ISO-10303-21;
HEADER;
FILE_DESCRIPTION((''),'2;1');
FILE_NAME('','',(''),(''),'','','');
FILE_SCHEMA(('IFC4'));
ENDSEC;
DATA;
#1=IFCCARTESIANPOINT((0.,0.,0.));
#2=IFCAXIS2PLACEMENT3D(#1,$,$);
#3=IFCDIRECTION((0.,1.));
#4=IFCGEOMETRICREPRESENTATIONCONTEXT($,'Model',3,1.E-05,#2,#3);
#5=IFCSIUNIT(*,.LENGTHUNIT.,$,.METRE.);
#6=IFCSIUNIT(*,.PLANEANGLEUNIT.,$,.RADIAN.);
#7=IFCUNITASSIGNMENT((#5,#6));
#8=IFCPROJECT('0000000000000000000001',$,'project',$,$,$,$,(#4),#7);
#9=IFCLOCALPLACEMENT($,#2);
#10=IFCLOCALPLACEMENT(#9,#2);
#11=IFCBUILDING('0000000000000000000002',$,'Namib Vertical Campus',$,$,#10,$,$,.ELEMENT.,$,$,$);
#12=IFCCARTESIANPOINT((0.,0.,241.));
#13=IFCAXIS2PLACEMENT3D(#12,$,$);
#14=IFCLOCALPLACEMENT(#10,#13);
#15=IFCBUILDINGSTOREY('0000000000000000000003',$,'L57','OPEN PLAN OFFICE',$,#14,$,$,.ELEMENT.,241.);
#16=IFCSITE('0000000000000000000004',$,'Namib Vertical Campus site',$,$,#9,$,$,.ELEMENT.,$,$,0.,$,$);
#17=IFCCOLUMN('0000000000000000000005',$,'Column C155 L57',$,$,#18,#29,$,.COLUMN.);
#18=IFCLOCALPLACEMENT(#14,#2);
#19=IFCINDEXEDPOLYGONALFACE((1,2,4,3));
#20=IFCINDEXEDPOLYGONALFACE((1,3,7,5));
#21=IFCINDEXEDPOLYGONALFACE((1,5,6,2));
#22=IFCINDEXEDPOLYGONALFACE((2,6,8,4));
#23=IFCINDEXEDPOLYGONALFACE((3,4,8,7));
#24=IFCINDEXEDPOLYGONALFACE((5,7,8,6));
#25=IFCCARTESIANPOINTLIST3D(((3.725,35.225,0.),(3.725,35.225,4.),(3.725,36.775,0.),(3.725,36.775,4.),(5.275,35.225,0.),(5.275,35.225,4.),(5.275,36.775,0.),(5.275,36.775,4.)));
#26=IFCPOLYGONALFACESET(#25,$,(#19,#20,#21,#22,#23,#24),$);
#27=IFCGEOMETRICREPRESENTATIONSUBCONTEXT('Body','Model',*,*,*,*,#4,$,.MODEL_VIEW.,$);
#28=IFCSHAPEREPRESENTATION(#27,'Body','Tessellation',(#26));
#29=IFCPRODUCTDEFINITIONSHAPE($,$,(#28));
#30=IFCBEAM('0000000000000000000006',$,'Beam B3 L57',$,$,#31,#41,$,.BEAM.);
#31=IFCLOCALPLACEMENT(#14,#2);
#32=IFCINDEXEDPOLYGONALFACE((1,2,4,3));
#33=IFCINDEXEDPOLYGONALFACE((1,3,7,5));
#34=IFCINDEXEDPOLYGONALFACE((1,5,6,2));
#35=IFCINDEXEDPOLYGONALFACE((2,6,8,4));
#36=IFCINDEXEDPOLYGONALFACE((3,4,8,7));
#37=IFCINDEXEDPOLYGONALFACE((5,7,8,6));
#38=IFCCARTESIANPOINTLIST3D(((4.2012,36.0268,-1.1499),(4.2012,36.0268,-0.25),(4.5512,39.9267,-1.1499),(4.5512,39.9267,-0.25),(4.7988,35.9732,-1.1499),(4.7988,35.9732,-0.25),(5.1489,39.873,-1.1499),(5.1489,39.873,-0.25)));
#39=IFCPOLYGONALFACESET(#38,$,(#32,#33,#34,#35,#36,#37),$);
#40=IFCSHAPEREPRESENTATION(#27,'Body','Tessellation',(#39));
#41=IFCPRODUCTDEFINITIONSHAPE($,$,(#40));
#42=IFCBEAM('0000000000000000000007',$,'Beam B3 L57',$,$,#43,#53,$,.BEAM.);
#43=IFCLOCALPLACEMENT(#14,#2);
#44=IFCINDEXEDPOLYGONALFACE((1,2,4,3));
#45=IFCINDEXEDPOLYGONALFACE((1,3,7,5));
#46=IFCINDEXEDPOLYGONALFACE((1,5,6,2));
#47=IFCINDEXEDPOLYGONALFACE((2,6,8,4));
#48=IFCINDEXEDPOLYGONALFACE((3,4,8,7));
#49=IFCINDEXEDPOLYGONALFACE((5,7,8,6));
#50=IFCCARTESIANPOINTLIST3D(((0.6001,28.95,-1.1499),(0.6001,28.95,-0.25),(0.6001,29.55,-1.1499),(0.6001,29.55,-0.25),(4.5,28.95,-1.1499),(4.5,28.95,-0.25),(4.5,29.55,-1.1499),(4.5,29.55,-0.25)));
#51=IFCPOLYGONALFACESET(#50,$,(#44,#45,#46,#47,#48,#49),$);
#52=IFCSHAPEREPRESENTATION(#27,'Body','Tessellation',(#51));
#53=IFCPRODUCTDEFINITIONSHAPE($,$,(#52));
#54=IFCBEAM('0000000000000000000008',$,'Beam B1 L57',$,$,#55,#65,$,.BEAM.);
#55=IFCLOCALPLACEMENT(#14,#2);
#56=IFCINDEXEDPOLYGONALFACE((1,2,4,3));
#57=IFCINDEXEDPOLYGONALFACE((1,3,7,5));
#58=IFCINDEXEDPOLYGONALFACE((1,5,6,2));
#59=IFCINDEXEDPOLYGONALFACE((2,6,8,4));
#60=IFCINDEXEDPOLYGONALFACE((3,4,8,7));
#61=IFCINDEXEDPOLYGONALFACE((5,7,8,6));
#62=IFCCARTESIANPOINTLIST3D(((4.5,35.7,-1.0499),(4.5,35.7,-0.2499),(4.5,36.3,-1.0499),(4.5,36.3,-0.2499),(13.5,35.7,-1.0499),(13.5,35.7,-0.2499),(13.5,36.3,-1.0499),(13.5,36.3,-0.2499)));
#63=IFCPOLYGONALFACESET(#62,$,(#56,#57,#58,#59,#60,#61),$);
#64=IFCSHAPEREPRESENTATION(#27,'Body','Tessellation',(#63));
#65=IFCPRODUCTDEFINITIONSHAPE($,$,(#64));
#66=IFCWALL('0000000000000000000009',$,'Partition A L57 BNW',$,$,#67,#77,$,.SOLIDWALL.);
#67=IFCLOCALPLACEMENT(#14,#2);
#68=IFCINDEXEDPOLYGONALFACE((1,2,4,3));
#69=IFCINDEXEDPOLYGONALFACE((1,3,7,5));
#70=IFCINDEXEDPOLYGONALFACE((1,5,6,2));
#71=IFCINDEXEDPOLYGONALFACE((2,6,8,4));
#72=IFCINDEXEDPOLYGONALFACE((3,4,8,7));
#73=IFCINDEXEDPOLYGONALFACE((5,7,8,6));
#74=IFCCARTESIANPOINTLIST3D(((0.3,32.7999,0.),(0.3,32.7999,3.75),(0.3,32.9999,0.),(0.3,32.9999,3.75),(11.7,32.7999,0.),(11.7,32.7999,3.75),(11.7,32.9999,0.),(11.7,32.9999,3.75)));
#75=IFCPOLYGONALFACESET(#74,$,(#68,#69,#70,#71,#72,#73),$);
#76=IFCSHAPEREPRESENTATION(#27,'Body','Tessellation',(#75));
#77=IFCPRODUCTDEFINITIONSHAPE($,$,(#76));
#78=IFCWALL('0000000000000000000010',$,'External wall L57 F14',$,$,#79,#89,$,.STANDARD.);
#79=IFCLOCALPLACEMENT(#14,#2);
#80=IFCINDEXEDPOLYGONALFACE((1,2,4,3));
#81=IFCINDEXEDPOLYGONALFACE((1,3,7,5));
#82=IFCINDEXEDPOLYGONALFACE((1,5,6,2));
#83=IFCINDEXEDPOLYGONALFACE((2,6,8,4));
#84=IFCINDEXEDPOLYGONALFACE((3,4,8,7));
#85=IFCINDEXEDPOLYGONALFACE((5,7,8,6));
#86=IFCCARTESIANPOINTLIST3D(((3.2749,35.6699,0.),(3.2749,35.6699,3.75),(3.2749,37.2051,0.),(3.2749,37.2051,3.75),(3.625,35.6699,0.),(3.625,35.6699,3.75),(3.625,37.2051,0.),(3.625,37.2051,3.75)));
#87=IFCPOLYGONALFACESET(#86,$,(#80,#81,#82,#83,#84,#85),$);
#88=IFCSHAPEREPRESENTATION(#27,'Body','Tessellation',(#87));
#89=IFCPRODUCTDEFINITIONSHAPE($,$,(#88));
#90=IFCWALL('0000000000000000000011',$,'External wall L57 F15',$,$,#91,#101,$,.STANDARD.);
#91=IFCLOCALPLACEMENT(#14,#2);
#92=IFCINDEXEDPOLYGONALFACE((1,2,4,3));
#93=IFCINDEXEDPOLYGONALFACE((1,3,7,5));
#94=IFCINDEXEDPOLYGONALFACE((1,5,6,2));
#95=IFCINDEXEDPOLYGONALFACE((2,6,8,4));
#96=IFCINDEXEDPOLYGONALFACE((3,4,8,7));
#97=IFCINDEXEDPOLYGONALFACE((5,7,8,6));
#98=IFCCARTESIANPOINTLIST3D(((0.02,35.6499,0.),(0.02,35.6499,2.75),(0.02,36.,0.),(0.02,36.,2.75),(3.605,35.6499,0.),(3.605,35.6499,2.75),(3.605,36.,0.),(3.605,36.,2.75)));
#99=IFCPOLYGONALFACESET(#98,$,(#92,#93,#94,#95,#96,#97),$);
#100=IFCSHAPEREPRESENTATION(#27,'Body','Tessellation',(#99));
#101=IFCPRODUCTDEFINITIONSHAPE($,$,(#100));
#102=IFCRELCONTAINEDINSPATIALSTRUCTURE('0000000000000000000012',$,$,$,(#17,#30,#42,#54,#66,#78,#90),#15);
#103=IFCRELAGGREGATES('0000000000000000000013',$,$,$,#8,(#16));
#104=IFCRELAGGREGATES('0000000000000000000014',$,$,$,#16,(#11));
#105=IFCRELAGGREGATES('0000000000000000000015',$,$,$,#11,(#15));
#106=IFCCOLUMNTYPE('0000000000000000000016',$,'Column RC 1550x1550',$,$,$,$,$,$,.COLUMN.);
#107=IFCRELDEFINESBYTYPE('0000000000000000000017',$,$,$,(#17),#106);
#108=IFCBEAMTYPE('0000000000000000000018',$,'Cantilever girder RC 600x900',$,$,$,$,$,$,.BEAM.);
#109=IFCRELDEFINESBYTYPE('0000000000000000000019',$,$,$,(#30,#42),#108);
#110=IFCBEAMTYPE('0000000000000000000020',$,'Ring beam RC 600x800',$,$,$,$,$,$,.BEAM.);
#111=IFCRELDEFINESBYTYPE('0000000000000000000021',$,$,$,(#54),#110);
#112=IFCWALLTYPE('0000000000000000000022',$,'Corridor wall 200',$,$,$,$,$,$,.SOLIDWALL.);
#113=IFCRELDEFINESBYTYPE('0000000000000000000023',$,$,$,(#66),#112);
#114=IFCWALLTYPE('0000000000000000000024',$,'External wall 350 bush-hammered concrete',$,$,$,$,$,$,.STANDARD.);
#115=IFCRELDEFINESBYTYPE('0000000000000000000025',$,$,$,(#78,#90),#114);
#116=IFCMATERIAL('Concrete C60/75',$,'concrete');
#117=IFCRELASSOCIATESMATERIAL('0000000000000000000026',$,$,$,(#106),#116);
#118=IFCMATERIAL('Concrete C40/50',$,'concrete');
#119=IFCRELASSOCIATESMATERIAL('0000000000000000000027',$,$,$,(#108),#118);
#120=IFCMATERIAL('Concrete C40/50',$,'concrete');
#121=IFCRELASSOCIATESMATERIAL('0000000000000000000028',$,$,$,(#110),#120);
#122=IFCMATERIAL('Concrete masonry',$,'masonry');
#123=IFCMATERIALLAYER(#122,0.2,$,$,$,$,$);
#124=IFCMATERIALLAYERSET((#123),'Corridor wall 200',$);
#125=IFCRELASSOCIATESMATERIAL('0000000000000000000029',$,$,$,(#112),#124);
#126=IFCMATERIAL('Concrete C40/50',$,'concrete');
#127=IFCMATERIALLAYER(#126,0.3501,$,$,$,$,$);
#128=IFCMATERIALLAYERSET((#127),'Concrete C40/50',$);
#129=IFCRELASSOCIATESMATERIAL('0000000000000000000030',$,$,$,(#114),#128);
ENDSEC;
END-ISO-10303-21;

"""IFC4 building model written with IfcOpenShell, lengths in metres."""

from ifc_helpers import new_model, si_unit, direction, frame, frame_2d, origin, origin_2d, place, context, subcontext, project, spatial, rectangle, extrude, material, layer, layer_set, material_profile, profile_set, type_object, element, save


model = new_model("IFC4")

# Units and contexts
model_context = context("Model", 3, precision=1e-05, world=origin(), true_north=direction((0.0, 1.0)))
body_context = subcontext(model_context, "Body", "Model", "MODEL_VIEW")
ifc_project = project(units=[si_unit("LENGTHUNIT", "METRE"), si_unit("PLANEANGLEUNIT", "RADIAN")], contexts=[model_context])

# Site, building, storey
site_placement = place(None, origin())
site = spatial("IfcSite", under=ifc_project, at=site_placement, Name="Namib Vertical Campus site", CompositionType="ELEMENT", RefElevation=0.0)
building_placement = place(site_placement, origin())
building = spatial("IfcBuilding", under=site, at=building_placement, Name="Namib Vertical Campus", CompositionType="ELEMENT")
storey_placement = place(building_placement, frame((0.0, 0.0, 241.0)))
storey = spatial("IfcBuildingStorey", under=building, at=storey_placement, Name="L57", Description="OPEN PLAN OFFICE", CompositionType="ELEMENT", Elevation=241.0)

# Column
ifc_material_1 = material(Name="Concrete C60/75", Category="concrete")
ifc_material_profile_1 = material_profile(ifc_material_1, rectangle(XDim=1.55, YDim=1.55, at=origin_2d()))
ifc_profile_set_1 = profile_set([ifc_material_profile_1], Name="Concrete C60/75")
column_type = type_object("IfcColumnType", Name="Column RC 1550x1550", PredefinedType="COLUMN", material=ifc_profile_set_1)
column_placement = place(storey_placement, frame((4.5, 36.0, 0.0), z_axis=(0.0, 0.0, 1.0), x_axis=(1.0, 0.0, 0.0)))
element("IfcColumn", 1, at=column_placement, inside=storey, type_object=column_type, Name="Column C155 L57", PredefinedType="COLUMN", context=body_context, shape_type="SweptSolid", body=[
    extrude(rectangle(XDim=1.55, YDim=1.55, at=origin_2d()), origin(), (0.0, 0.0, 1.0), 4.0),
])

# Beams
ifc_material_2 = material(Name="Concrete C40/50", Category="concrete")
ifc_material_profile_2 = material_profile(ifc_material_2, rectangle(XDim=0.6001, YDim=0.8999, at=origin_2d()))
ifc_profile_set_2 = profile_set([ifc_material_profile_2], Name="Concrete C40/50")
beam_type_1 = type_object("IfcBeamType", Name="Cantilever girder RC 600x900", PredefinedType="BEAM", material=ifc_profile_set_2)
beam_1_placement = place(storey_placement, frame((4.5, 36.0, -0.7), z_axis=(0.089411, 0.995995, 0.0), x_axis=(-0.995995, 0.089411, 0.0)))
element("IfcBeam", 2, at=beam_1_placement, inside=storey, type_object=beam_type_1, Name="Beam B3 L57", PredefinedType="BEAM", context=body_context, shape_type="SweptSolid", body=[
    extrude(rectangle(XDim=0.6001, YDim=0.8999, at=origin_2d()), origin(), (0.0, 0.0, 1.0), 3.9155),
])
beam_2_placement = place(storey_placement, frame((4.5, 29.25, -0.7), z_axis=(-1.0, 0.0, 0.0), x_axis=(0.0, -1.0, 0.0)))
element("IfcBeam", 3, at=beam_2_placement, inside=storey, type_object=beam_type_1, Name="Beam B3 L57", PredefinedType="BEAM", context=body_context, shape_type="SweptSolid", body=[
    extrude(rectangle(XDim=0.6001, YDim=0.8999, at=origin_2d()), origin(), (0.0, 0.0, 1.0), 3.8999),
])
ifc_material_3 = material(Name="Concrete C40/50", Category="concrete")
ifc_material_profile_3 = material_profile(ifc_material_3, rectangle(XDim=0.6001, YDim=0.8, at=origin_2d()))
ifc_profile_set_3 = profile_set([ifc_material_profile_3], Name="Concrete C40/50")
beam_type_2 = type_object("IfcBeamType", Name="Ring beam RC 600x800", PredefinedType="BEAM", material=ifc_profile_set_3)
beam_3_placement = place(storey_placement, frame((4.5, 36.0, -0.6499), z_axis=(1.0, 0.0, 0.0), x_axis=(0.0, 1.0, 0.0)))
element("IfcBeam", 4, at=beam_3_placement, inside=storey, type_object=beam_type_2, Name="Beam B1 L57", PredefinedType="BEAM", context=body_context, shape_type="SweptSolid", body=[
    extrude(rectangle(XDim=0.6001, YDim=0.8, at=origin_2d()), origin(), (0.0, 0.0, 1.0), 9.0),
])

# Walls
ifc_material_4 = material(Name="Concrete masonry", Category="masonry")
ifc_layer_1 = layer(ifc_material_4, 0.2)
ifc_layer_set_1 = layer_set([ifc_layer_1], Name="Corridor wall 200")
wall_type_1 = type_object("IfcWallType", Name="Corridor wall 200", PredefinedType="SOLIDWALL", material=ifc_layer_set_1)
wall_1_placement = place(storey_placement, frame((0.3, 32.8999, 0.0), z_axis=(0.0, 0.0, 1.0), x_axis=(1.0, 0.0, 0.0)))
element("IfcWall", 5, at=wall_1_placement, inside=storey, type_object=wall_type_1, Name="Partition A L57 BNW", PredefinedType="SOLIDWALL", context=body_context, shape_type="SweptSolid", body=[
    extrude(rectangle(XDim=11.3999, YDim=0.2, at=frame_2d((5.7, 0.0))), origin(), (0.0, 0.0, 1.0), 3.75),
])
ifc_material_5 = material(Name="Concrete C40/50", Category="concrete")
ifc_layer_2 = layer(ifc_material_5, 0.3501)
ifc_layer_set_2 = layer_set([ifc_layer_2], Name="Concrete C40/50")
wall_type_2 = type_object("IfcWallType", Name="External wall 350 bush-hammered concrete", PredefinedType="STANDARD", material=ifc_layer_set_2)
wall_2_placement = place(storey_placement, frame((3.45, 37.2051, 0.0), z_axis=(0.0, 0.0, 1.0), x_axis=(0.0, -1.0, 0.0)))
element("IfcWall", 6, at=wall_2_placement, inside=storey, type_object=wall_type_2, Name="External wall L57 F14", PredefinedType="STANDARD", context=body_context, shape_type="SweptSolid", body=[
    extrude(rectangle(XDim=1.5352, YDim=0.3501, at=frame_2d((0.7676, 0.0))), origin(), (0.0, 0.0, 1.0), 3.75),
])
wall_3_placement = place(storey_placement, frame((3.605, 35.825, 0.0), z_axis=(0.0, 0.0, 1.0), x_axis=(-1.0, 0.0, 0.0)))
element("IfcWall", 7, at=wall_3_placement, inside=storey, type_object=wall_type_2, Name="External wall L57 F15", PredefinedType="STANDARD", context=body_context, shape_type="SweptSolid", body=[
    extrude(rectangle(XDim=3.585, YDim=0.3501, at=frame_2d((1.7925, 0.0))), origin(), (0.0, 0.0, 1.0), 2.75),
])

save(model, "model.ifc")
